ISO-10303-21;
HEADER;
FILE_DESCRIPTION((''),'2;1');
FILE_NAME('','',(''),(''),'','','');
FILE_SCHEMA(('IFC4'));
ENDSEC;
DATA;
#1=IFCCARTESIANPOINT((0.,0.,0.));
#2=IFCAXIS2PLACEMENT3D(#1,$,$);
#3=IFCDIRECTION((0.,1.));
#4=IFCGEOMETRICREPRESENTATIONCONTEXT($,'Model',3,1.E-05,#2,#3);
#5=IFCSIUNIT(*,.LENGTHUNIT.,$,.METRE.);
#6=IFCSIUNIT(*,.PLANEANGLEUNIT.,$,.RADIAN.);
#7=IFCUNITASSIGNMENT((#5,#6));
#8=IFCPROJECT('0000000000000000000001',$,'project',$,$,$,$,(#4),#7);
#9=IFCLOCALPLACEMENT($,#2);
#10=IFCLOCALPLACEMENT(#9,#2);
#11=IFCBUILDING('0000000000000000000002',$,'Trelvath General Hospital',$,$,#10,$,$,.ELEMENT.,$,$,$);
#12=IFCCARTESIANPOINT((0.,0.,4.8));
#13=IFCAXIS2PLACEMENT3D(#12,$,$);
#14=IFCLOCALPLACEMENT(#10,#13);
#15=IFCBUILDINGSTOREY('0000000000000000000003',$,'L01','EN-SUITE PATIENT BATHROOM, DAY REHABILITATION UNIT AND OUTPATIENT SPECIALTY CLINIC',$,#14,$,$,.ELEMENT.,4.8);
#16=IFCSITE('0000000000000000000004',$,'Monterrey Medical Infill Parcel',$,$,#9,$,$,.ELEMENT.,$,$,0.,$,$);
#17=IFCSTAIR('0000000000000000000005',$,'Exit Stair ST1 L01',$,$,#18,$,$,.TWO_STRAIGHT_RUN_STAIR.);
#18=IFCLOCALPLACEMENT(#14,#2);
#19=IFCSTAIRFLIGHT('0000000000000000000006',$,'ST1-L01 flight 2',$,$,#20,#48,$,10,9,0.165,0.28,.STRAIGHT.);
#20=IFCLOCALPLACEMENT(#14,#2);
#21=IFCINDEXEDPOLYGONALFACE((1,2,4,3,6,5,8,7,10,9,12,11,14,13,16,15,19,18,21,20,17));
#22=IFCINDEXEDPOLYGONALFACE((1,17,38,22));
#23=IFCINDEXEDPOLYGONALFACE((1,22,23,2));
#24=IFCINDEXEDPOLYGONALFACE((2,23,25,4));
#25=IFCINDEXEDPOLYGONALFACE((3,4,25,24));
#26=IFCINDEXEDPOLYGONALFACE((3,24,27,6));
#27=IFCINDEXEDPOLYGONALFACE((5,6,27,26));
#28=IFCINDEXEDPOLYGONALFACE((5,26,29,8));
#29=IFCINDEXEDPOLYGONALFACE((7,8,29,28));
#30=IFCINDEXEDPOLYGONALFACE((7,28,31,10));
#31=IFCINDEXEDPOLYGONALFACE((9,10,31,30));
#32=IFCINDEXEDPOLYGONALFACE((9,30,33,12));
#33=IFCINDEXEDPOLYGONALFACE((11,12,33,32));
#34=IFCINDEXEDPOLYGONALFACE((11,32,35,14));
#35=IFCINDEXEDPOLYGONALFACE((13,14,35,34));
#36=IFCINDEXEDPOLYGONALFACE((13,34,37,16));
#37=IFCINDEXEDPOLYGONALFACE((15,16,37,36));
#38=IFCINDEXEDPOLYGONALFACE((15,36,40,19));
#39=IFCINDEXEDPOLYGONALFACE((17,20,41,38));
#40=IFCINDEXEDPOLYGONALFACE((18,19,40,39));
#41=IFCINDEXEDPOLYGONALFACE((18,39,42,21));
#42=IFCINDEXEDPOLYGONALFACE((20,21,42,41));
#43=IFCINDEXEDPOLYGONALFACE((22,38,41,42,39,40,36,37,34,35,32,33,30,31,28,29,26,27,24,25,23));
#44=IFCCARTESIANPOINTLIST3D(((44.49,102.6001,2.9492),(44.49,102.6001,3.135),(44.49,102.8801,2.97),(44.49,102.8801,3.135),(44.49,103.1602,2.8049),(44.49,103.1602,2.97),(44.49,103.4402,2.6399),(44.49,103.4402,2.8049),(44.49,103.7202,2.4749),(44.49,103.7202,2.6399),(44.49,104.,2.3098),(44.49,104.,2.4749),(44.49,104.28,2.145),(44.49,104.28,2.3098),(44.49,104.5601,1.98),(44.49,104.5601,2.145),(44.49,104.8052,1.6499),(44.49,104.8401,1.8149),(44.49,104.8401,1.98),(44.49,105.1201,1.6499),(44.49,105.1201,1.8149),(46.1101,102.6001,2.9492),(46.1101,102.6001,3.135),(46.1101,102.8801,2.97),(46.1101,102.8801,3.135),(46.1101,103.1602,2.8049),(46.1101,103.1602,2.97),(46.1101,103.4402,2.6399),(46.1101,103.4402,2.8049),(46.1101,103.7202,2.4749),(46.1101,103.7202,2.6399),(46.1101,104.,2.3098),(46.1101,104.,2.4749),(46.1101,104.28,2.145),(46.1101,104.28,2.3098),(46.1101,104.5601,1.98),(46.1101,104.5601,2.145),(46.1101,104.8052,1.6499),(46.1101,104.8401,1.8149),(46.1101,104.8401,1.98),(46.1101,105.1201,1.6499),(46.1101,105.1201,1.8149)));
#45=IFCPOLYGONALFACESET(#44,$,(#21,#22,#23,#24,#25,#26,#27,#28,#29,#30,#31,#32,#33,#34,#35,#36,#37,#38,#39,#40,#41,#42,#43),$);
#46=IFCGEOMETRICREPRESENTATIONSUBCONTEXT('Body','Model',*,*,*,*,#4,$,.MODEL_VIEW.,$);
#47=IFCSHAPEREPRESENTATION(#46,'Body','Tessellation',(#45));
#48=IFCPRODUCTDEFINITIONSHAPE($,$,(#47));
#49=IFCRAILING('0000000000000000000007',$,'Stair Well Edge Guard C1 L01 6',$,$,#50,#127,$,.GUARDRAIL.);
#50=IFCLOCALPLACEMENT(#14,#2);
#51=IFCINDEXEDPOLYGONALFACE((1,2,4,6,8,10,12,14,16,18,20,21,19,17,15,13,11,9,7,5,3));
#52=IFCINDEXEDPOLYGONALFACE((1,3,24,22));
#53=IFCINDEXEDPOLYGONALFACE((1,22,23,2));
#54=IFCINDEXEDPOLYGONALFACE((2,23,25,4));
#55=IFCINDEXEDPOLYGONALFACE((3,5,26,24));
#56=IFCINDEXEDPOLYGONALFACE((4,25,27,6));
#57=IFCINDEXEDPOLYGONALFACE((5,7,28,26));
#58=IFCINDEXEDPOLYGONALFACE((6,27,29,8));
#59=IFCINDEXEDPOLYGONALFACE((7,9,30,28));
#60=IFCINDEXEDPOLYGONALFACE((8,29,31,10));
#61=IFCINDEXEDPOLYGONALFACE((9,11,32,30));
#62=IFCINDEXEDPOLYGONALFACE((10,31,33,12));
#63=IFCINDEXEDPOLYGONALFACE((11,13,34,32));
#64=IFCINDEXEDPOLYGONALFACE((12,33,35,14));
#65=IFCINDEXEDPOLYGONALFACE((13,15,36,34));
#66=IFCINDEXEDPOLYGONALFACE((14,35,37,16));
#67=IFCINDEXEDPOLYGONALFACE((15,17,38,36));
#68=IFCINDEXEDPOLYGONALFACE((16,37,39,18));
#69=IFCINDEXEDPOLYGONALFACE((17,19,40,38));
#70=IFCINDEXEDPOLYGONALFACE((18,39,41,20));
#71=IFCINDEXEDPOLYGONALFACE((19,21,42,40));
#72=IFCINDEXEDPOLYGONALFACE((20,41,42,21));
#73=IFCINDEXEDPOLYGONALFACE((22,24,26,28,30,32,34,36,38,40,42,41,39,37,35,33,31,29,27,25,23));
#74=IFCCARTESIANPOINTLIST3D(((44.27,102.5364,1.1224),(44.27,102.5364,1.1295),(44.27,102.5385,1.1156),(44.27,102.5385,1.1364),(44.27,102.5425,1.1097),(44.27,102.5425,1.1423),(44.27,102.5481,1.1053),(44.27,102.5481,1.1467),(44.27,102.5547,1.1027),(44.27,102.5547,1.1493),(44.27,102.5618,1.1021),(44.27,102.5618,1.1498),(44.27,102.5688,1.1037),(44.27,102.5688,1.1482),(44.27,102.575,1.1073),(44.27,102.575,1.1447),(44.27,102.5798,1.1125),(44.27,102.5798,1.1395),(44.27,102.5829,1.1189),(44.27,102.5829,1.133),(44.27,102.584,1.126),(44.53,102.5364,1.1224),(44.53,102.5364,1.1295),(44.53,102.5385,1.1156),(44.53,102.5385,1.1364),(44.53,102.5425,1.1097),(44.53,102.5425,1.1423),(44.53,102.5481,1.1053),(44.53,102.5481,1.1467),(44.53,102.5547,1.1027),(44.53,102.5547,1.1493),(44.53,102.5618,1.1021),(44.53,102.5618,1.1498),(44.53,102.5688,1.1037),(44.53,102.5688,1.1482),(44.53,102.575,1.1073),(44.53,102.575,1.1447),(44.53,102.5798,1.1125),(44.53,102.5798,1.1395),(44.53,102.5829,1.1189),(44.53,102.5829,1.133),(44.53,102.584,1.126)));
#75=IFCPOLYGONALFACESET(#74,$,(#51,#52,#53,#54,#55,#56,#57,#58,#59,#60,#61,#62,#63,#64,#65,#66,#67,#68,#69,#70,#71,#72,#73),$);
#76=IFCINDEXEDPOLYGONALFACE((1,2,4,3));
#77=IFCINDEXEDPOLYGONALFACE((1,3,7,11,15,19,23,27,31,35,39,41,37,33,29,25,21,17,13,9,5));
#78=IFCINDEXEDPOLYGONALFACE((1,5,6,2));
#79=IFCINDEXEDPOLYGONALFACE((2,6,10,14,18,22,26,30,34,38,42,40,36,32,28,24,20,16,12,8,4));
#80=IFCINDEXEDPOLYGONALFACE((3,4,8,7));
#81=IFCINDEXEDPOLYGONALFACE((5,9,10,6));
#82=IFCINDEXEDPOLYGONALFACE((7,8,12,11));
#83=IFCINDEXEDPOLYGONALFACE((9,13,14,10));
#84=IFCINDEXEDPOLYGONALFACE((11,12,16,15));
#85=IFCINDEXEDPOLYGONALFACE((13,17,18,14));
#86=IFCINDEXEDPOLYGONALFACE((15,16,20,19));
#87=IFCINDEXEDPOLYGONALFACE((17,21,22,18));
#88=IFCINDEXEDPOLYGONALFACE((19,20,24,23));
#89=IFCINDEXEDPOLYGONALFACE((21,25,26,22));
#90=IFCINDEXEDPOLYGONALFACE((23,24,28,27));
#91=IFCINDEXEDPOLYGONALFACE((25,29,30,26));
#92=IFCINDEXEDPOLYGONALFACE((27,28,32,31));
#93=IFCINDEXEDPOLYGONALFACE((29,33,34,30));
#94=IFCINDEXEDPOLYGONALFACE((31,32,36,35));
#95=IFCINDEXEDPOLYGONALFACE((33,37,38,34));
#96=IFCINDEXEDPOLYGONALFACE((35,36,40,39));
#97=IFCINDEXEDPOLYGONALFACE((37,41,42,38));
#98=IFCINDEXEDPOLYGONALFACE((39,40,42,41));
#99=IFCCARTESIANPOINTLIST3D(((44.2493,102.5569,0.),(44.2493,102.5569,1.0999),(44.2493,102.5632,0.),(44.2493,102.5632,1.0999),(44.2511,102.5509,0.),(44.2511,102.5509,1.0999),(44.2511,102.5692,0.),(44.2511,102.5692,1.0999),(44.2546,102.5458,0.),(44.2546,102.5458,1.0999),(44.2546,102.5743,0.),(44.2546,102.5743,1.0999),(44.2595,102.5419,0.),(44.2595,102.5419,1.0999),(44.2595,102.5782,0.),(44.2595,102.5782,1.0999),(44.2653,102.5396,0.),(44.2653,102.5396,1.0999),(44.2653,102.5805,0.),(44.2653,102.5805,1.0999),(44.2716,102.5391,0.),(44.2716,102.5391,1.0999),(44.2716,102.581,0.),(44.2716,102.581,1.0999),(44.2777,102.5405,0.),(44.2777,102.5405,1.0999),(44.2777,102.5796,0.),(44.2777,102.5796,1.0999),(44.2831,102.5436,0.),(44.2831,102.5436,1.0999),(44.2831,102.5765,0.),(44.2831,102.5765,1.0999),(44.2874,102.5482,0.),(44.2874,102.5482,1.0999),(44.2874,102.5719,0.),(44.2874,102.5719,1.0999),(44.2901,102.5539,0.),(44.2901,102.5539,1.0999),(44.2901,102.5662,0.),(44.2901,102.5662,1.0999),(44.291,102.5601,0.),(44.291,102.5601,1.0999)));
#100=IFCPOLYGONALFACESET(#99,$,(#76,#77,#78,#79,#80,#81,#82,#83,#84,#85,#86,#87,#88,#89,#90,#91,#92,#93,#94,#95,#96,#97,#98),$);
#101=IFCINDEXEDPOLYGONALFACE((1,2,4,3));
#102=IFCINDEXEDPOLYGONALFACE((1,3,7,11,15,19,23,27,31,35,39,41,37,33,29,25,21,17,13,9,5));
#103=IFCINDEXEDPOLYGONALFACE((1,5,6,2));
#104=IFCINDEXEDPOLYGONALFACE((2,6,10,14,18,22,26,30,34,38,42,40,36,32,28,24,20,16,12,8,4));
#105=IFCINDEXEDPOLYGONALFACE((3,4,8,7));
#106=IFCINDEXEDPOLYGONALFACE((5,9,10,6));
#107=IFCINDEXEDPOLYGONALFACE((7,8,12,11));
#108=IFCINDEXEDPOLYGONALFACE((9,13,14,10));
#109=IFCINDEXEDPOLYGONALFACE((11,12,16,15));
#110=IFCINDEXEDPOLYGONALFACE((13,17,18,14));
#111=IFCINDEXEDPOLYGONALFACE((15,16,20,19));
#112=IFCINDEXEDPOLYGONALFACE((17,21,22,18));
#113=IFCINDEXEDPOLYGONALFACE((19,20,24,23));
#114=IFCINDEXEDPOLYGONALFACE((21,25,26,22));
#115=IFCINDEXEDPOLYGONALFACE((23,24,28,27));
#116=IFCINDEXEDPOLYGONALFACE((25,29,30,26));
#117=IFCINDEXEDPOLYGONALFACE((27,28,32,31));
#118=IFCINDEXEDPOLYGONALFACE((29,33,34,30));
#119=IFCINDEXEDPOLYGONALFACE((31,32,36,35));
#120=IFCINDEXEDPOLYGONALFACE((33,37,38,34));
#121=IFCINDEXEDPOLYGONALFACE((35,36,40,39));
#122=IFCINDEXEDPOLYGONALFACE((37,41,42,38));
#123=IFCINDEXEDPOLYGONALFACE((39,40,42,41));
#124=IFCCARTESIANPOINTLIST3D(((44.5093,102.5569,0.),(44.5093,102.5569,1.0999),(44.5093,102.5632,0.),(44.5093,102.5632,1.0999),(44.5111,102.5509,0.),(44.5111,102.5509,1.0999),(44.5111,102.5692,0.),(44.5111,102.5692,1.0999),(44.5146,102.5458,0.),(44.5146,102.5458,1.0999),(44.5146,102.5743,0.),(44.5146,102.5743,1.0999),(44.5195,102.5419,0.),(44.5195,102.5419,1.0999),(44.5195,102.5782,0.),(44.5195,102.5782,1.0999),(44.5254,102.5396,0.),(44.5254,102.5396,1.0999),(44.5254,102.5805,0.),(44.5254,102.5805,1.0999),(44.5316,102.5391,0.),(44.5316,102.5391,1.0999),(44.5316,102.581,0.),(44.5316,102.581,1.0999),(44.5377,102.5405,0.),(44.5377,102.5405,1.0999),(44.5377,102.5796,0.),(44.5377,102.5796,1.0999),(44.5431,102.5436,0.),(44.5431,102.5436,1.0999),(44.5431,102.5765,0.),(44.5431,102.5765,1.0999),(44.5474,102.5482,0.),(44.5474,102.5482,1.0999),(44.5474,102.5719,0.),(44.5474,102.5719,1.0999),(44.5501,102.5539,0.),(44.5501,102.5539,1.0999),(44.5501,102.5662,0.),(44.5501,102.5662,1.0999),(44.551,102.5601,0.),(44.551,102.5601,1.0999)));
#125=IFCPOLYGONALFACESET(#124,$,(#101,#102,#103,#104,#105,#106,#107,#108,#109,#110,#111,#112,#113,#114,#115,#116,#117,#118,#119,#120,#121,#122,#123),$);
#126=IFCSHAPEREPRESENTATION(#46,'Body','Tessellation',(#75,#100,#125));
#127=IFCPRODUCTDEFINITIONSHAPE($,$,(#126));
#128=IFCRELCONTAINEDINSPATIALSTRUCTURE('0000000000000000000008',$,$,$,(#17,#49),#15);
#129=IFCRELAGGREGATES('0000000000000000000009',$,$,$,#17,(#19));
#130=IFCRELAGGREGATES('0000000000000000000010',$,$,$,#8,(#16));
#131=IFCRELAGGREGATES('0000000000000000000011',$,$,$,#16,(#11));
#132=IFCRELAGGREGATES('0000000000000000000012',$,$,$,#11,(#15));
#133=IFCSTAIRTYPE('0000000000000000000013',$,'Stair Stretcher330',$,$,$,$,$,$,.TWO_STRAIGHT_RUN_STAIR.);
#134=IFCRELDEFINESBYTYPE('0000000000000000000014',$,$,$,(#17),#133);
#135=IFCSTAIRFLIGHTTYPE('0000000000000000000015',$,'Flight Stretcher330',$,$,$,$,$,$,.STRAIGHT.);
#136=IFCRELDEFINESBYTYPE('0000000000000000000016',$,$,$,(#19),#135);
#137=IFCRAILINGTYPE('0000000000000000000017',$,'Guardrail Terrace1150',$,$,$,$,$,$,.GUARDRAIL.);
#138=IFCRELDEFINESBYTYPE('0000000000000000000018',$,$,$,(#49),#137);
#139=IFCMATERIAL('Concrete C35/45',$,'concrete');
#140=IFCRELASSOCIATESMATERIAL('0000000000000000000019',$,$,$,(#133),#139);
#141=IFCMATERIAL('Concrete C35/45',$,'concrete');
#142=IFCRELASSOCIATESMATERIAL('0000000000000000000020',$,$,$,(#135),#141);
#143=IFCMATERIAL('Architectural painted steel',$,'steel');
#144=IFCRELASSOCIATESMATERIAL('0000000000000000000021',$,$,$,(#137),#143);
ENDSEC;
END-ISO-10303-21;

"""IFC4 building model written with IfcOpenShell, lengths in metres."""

from ifc_helpers import new_model, si_unit, direction, frame, origin, origin_2d, place, context, subcontext, project, spatial, polyline, circle, outline, extrude, material, type_object, element, aggregate, save


model = new_model("IFC4")

# Units and contexts
model_context = context("Model", 3, precision=1e-05, world=origin(), true_north=direction((0.0, 1.0)))
body_context = subcontext(model_context, "Body", "Model", "MODEL_VIEW")
ifc_project = project(units=[si_unit("LENGTHUNIT", "METRE"), si_unit("PLANEANGLEUNIT", "RADIAN")], contexts=[model_context])

# Site, building, storey
site_placement = place(None, origin())
site = spatial("IfcSite", under=ifc_project, at=site_placement, Name="Monterrey Medical Infill Parcel", CompositionType="ELEMENT", RefElevation=0.0)
building_placement = place(site_placement, origin())
building = spatial("IfcBuilding", under=site, at=building_placement, Name="Trelvath General Hospital", CompositionType="ELEMENT")
storey_placement = place(building_placement, frame((0.0, 0.0, 4.8)))
storey = spatial("IfcBuildingStorey", under=building, at=storey_placement, Name="L01", Description="EN-SUITE PATIENT BATHROOM, DAY REHABILITATION UNIT AND OUTPATIENT SPECIALTY CLINIC", CompositionType="ELEMENT", Elevation=4.8)

# Stair, stair flight
ifc_material_1 = material(Name="Concrete C35/45", Category="concrete")
stair_type = type_object("IfcStairType", Name="Stair Stretcher330", PredefinedType="TWO_STRAIGHT_RUN_STAIR", material=ifc_material_1)
stair_placement = place(storey_placement, origin())
stair = element("IfcStair", 1, at=stair_placement, inside=storey, type_object=stair_type, Name="Exit Stair ST1 L01", PredefinedType="TWO_STRAIGHT_RUN_STAIR")
ifc_material_2 = material(Name="Concrete C35/45", Category="concrete")
stair_flight_type = type_object("IfcStairFlightType", Name="Flight Stretcher330", PredefinedType="STRAIGHT", material=ifc_material_2)
stair_flight_1_placement = place(storey_placement, frame((45.3, 105.1201, 1.6499), z_axis=(0.0, 0.0, 1.0), x_axis=(0.0, -1.0, 0.0)))
stair_flight_1 = element("IfcStairFlight", 2, at=stair_flight_1_placement, type_object=stair_flight_type, Name="ST1-L01 flight 2", NumberOfRisers=10, NumberOfTreads=9, PredefinedType="STRAIGHT", RiserHeight=0.165, TreadLength=0.28, context=body_context, shape_type="SweptSolid", body=[
    extrude(outline(polyline([(0.0, 0.0), (0.0, 0.165), (0.28, 0.165), (0.28, 0.3301), (0.5601, 0.3301), (0.5601, 0.4951), (0.8401, 0.4951), (0.8401, 0.6599), (1.1201, 0.6599), (1.1201, 0.825), (1.3999, 0.825), (1.3999, 0.99), (1.6799, 0.99), (1.6799, 1.155), (1.96, 1.155), (1.96, 1.3201), (2.24, 1.3201), (2.24, 1.4851), (2.52, 1.4851), (2.52, 1.6499), (2.52, 1.2993), (0.3149, 0.0), (0.0, 0.0)])), frame((0.0, 0.8101, 0.0), z_axis=(0.0, -1.0, 0.0), x_axis=(1.0, 0.0, 0.0)), (0.0, 0.0, 1.0), 1.6201),
])
aggregate(stair, [stair_flight_1])

# Railing
ifc_material_3 = material(Name="Architectural painted steel", Category="steel")
railing_type_1 = type_object("IfcRailingType", Name="Guardrail Terrace1150", PredefinedType="GUARDRAIL", material=ifc_material_3)
railing_1_placement = place(storey_placement, frame((44.27, 102.5601, 0.0)))
element("IfcRailing", 3, at=railing_1_placement, inside=storey, type_object=railing_type_1, Name="Stair Well Edge Guard C1 L01 6", PredefinedType="GUARDRAIL", context=body_context, shape_type="SweptSolid", body=[
    extrude(circle(Radius=0.0239, at=origin_2d()), frame((0.0, 0.0, 1.126), z_axis=(1.0, 0.0, 0.0), x_axis=(0.0, 1.0, 0.0)), (0.0, 0.0, 1.0), 0.26),
    extrude(circle(Radius=0.021, at=origin_2d()), origin(), (0.0, 0.0, 1.0), 1.0999),
    extrude(circle(Radius=0.021, at=origin_2d()), frame((0.26, 0.0, 0.0)), (0.0, 0.0, 1.0), 1.0999),
])

save(model, "model.ifc")
